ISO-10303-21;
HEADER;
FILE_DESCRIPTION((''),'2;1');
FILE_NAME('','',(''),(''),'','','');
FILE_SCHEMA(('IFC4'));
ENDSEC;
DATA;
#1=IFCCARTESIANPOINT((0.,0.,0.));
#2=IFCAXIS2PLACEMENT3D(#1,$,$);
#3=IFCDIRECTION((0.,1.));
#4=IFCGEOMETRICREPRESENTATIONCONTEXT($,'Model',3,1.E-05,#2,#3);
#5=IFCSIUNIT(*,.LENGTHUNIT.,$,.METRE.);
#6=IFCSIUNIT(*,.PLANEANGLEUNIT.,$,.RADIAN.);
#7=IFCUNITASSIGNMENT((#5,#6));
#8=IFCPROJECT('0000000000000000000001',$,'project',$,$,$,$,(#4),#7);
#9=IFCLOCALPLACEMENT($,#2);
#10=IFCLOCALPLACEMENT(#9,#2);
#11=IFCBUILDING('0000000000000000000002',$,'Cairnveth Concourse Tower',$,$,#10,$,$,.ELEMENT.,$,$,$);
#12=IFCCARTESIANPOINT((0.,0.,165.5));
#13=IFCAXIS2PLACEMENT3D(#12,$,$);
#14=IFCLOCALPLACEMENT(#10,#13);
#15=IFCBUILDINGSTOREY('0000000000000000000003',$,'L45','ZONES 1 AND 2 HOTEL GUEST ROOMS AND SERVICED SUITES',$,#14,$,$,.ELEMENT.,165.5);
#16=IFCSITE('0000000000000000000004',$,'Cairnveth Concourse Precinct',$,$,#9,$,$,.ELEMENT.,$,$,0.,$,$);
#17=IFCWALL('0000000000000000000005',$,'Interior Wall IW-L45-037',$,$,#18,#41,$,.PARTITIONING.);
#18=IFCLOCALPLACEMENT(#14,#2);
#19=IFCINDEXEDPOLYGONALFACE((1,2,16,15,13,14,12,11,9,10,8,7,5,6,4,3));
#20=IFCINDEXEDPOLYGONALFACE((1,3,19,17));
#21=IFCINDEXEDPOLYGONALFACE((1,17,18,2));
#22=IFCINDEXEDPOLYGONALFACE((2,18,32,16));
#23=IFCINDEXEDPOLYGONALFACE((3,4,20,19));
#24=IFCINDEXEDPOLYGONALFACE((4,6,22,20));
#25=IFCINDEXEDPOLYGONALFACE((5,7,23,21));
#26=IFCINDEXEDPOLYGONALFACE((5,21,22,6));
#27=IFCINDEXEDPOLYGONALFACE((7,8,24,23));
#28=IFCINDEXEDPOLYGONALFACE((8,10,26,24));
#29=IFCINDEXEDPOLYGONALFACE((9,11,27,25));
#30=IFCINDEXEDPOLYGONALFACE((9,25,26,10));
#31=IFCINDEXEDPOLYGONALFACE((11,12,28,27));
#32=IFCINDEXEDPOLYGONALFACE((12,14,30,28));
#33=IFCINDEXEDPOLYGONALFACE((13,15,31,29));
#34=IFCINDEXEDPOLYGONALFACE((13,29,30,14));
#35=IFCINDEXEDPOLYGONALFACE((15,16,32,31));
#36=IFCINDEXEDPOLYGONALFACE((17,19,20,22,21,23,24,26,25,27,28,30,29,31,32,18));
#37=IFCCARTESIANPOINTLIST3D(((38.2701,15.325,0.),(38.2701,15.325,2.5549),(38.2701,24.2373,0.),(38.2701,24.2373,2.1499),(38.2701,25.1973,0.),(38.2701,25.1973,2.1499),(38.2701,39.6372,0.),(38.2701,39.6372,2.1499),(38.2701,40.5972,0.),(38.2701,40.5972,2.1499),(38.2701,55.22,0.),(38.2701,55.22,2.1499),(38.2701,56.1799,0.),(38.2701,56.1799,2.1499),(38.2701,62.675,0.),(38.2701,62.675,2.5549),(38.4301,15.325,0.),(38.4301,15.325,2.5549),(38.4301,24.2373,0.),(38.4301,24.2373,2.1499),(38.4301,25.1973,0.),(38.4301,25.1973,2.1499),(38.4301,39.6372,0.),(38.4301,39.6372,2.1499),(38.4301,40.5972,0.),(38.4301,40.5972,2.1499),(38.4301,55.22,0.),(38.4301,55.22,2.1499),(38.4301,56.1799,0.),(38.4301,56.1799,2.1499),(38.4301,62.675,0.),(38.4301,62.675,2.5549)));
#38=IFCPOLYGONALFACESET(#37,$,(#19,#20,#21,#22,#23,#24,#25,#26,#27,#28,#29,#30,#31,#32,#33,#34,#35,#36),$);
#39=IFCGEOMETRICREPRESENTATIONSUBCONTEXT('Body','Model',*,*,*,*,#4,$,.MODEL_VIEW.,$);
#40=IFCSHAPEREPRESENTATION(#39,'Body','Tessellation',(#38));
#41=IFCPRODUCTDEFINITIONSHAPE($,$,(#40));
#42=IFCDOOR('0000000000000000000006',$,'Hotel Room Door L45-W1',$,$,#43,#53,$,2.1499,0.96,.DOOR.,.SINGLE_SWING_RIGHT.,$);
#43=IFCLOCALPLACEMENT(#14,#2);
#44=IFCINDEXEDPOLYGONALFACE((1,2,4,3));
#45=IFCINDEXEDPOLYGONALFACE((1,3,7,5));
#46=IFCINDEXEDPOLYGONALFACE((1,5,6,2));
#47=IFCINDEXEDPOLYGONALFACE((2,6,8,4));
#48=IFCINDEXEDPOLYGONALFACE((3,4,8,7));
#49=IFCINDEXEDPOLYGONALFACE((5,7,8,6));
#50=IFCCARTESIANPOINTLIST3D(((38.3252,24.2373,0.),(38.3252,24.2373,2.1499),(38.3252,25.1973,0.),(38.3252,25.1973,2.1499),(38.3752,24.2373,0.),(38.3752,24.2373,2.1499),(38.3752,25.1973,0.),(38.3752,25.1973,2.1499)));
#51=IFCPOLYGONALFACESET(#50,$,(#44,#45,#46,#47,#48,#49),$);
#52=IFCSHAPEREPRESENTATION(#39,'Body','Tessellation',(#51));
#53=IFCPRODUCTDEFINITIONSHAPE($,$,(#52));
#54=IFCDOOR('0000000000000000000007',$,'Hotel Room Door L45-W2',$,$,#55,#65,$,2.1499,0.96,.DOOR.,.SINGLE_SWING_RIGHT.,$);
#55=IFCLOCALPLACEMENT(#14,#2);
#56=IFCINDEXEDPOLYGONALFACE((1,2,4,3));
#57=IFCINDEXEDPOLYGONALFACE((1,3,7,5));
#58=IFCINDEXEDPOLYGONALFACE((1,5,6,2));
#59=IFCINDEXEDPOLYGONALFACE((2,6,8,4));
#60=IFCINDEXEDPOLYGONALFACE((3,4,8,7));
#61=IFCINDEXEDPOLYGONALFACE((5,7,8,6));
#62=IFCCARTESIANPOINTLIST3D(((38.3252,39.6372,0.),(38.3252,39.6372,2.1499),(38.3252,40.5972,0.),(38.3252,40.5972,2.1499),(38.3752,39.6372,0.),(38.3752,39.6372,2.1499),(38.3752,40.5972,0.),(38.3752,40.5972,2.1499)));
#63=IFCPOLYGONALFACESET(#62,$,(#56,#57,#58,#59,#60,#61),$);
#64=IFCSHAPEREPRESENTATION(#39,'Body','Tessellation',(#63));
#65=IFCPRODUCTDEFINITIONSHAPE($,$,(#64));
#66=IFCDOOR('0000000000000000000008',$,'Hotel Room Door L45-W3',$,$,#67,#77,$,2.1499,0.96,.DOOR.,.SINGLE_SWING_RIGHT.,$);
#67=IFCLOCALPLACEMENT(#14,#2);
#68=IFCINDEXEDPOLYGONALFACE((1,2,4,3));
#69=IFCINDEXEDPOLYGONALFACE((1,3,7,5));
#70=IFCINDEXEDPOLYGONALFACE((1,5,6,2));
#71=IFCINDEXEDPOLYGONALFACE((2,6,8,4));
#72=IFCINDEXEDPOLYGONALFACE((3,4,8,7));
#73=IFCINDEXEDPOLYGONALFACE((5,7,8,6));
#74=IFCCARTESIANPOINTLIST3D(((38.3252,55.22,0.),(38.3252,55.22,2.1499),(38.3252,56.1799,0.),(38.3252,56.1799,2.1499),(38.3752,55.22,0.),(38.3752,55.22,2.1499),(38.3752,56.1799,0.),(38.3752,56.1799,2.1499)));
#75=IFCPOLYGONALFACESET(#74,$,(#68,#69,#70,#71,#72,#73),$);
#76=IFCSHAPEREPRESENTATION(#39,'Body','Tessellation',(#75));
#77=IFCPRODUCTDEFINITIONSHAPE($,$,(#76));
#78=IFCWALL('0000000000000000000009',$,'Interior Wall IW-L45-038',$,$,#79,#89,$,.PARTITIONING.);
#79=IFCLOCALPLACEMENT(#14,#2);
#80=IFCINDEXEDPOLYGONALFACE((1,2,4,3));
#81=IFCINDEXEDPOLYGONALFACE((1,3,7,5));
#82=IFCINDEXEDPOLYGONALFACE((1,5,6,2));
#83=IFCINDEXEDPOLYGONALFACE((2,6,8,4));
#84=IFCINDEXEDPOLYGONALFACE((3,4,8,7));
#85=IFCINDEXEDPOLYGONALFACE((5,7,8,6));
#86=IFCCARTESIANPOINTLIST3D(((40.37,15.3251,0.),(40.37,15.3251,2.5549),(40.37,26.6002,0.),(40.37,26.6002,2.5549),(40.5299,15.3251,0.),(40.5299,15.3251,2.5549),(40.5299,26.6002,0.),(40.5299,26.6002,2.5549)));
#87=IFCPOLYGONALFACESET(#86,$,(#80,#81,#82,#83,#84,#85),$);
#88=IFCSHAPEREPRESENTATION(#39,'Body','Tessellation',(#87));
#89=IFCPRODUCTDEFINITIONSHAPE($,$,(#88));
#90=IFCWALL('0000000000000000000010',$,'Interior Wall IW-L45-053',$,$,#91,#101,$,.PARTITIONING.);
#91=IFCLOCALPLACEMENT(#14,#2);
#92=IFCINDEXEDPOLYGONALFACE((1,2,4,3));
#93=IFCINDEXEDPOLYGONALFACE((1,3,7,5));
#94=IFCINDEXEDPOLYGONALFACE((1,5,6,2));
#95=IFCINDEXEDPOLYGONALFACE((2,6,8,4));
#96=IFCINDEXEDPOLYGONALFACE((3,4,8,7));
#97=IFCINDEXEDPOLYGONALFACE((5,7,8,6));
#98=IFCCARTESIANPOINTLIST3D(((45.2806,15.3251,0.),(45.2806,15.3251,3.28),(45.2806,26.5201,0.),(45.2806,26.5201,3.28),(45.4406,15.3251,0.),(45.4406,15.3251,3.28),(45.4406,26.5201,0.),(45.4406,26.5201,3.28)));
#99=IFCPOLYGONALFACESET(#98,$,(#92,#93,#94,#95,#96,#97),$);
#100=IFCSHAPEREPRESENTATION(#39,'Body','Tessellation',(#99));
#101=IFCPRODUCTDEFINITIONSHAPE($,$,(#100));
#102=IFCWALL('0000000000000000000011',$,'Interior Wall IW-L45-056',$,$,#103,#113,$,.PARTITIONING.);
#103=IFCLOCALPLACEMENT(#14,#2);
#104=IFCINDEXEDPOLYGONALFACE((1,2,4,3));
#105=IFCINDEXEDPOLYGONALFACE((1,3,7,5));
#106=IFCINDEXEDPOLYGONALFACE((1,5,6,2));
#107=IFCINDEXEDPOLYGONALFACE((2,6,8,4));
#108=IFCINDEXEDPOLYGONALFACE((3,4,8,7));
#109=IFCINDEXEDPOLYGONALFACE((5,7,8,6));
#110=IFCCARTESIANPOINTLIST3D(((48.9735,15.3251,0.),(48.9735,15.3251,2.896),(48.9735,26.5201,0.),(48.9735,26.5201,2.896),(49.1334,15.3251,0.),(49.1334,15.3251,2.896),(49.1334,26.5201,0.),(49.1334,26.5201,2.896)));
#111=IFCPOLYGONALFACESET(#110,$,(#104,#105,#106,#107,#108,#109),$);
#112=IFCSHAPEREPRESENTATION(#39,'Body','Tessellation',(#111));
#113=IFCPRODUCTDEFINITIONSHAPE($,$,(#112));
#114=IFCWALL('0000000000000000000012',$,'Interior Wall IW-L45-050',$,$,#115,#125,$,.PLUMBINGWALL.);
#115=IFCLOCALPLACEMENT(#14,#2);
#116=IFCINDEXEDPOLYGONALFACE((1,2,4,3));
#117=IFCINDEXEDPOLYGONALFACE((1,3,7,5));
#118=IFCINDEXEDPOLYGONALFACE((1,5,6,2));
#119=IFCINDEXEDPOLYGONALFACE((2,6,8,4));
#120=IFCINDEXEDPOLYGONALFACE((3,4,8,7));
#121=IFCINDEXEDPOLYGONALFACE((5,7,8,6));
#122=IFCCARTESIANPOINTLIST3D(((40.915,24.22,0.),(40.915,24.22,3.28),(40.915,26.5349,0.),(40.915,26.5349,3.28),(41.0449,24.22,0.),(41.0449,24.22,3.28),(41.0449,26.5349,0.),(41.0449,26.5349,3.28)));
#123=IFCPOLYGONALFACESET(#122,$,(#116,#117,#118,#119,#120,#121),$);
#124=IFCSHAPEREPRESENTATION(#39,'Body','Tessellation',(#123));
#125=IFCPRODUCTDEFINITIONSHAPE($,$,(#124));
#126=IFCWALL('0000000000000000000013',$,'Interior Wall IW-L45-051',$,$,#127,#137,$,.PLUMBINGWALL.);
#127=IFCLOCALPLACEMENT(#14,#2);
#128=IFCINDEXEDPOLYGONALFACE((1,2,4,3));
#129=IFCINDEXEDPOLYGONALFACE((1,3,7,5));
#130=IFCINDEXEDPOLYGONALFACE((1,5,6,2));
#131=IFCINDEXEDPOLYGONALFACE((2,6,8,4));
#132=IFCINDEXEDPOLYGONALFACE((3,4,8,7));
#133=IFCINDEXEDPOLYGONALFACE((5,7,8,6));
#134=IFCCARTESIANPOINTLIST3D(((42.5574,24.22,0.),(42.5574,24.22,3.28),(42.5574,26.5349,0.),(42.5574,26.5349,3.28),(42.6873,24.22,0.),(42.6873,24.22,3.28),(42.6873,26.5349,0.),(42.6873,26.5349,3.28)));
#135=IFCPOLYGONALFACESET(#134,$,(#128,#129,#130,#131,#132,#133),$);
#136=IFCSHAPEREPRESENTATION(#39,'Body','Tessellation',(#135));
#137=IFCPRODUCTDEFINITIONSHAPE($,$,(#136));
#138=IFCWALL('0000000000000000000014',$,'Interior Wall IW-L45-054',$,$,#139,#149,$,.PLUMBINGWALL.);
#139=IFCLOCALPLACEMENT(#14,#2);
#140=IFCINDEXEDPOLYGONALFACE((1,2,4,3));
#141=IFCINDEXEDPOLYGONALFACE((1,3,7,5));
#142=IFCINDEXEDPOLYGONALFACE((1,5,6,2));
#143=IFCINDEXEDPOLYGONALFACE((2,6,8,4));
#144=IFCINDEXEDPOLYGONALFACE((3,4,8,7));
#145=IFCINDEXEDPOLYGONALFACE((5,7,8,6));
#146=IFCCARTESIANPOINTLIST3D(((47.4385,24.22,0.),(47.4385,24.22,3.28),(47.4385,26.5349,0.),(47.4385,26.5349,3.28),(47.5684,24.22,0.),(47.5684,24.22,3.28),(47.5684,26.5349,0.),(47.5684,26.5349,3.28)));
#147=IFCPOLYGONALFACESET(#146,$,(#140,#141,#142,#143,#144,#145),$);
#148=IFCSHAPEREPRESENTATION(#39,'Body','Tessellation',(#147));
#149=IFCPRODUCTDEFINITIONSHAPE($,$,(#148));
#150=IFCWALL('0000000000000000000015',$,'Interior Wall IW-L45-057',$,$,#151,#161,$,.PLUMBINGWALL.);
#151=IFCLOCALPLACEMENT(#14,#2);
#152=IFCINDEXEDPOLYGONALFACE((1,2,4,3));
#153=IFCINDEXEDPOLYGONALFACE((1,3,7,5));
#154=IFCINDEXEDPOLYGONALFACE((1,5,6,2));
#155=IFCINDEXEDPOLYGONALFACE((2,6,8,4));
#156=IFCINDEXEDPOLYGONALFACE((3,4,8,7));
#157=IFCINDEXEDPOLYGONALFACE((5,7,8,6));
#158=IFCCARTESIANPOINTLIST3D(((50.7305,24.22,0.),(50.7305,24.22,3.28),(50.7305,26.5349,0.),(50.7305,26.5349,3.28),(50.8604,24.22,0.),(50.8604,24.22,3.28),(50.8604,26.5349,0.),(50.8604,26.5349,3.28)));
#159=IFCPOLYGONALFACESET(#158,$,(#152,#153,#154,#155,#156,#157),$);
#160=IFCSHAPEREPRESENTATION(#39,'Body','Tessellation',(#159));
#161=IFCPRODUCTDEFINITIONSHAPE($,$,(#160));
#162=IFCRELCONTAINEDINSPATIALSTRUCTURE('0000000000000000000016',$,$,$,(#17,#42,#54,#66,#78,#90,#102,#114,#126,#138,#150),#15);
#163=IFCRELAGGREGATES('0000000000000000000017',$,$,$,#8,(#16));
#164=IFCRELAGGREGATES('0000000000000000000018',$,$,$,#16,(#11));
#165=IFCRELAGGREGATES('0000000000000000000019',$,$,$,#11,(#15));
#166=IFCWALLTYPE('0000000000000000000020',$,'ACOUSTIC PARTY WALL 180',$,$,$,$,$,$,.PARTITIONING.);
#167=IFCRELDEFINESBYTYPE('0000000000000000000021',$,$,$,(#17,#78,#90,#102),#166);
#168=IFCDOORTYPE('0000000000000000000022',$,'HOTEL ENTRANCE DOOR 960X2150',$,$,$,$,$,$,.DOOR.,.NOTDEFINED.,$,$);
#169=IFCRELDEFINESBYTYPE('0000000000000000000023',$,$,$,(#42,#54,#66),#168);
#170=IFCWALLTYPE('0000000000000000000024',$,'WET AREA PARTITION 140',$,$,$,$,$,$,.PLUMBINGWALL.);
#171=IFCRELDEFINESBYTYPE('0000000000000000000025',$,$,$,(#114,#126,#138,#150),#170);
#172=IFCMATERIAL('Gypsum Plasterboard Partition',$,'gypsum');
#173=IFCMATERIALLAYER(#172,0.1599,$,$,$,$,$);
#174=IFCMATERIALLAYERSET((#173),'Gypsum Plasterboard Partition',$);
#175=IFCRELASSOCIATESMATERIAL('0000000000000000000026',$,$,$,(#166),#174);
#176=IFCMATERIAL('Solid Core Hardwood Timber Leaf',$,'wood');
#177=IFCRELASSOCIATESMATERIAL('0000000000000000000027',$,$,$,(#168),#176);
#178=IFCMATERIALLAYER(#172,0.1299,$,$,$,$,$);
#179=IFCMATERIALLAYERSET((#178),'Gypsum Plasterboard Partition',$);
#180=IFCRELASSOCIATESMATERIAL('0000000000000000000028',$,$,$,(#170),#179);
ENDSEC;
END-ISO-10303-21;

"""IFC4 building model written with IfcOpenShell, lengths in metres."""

from ifc_helpers import new_model, si_unit, direction, frame, frame_2d, origin, place, context, subcontext, project, spatial, rectangle, extrude, material, layer, layer_set, type_object, element, fill, save


model = new_model("IFC4")

# Units and contexts
model_context = context("Model", 3, precision=1e-05, world=origin(), true_north=direction((0.0, 1.0)))
body_context = subcontext(model_context, "Body", "Model", "MODEL_VIEW")
ifc_project = project(units=[si_unit("LENGTHUNIT", "METRE"), si_unit("PLANEANGLEUNIT", "RADIAN")], contexts=[model_context])

# Site, building, storey
site_placement = place(None, origin())
site = spatial("IfcSite", under=ifc_project, at=site_placement, Name="Cairnveth Concourse Precinct", CompositionType="ELEMENT", RefElevation=0.0)
building_placement = place(site_placement, origin())
building = spatial("IfcBuilding", under=site, at=building_placement, Name="Cairnveth Concourse Tower", CompositionType="ELEMENT")
storey_placement = place(building_placement, frame((0.0, 0.0, 165.5)))
storey = spatial("IfcBuildingStorey", under=building, at=storey_placement, Name="L45", Description="ZONES 1 AND 2 HOTEL GUEST ROOMS AND SERVICED SUITES", CompositionType="ELEMENT", Elevation=165.5)

# Wall, openings, doors
ifc_material_1 = material(Name="Gypsum Plasterboard Partition", Category="gypsum")
ifc_layer_1 = layer(ifc_material_1, 0.1599)
ifc_layer_set_1 = layer_set([ifc_layer_1], Name="Gypsum Plasterboard Partition")
wall_type_1 = type_object("IfcWallType", Name="ACOUSTIC PARTY WALL 180", PredefinedType="PARTITIONING", material=ifc_layer_set_1)
wall_1_placement = place(storey_placement, frame((38.3501, 15.325, 0.0), z_axis=(0.0, 0.0, 1.0), x_axis=(0.0, 1.0, 0.0)))
wall_1 = element("IfcWall", 1, at=wall_1_placement, inside=storey, type_object=wall_type_1, Name="Interior Wall IW-L45-037", PredefinedType="PARTITIONING", context=body_context, shape_type="SweptSolid", body=[
    extrude(rectangle(XDim=47.3501, YDim=0.1599, at=frame_2d((23.675, 0.0))), origin(), (0.0, 0.0, 1.0), 2.5549),
])
opening_1_placement = place(wall_1_placement, frame((8.9124, 0.0, 0.0)))
opening_1 = element("IfcOpeningElement", 2, at=opening_1_placement, cuts=wall_1, PredefinedType="OPENING", context=body_context, shape_type="SweptSolid", body=[
    extrude(rectangle(XDim=0.96, YDim=2.1499, at=frame_2d((0.48, 1.075))), frame((0.0, 0.0898, 0.0), z_axis=(0.0, -1.0, 0.0), x_axis=(1.0, 0.0, 0.0)), (0.0, 0.0, 1.0), 0.1799),
])
opening_2_placement = place(wall_1_placement, frame((24.3123, 0.0, 0.0)))
opening_2 = element("IfcOpeningElement", 3, at=opening_2_placement, cuts=wall_1, PredefinedType="OPENING", context=body_context, shape_type="SweptSolid", body=[
    extrude(rectangle(XDim=0.96, YDim=2.1499, at=frame_2d((0.48, 1.075))), frame((0.0, 0.0898, 0.0), z_axis=(0.0, -1.0, 0.0), x_axis=(1.0, 0.0, 0.0)), (0.0, 0.0, 1.0), 0.1799),
])
opening_3_placement = place(wall_1_placement, frame((39.895, 0.0, 0.0)))
opening_3 = element("IfcOpeningElement", 4, at=opening_3_placement, cuts=wall_1, PredefinedType="OPENING", context=body_context, shape_type="SweptSolid", body=[
    extrude(rectangle(XDim=0.96, YDim=2.1499, at=frame_2d((0.48, 1.075))), frame((0.0, 0.0898, 0.0), z_axis=(0.0, -1.0, 0.0), x_axis=(1.0, 0.0, 0.0)), (0.0, 0.0, 1.0), 0.1799),
])
ifc_material_2 = material(Name="Solid Core Hardwood Timber Leaf", Category="wood")
door_type_1 = type_object("IfcDoorType", Name="HOTEL ENTRANCE DOOR 960X2150", OperationType="NOTDEFINED", PredefinedType="DOOR", material=ifc_material_2)
door_1_placement = place(opening_1_placement, origin())
door_1 = element("IfcDoor", 5, at=door_1_placement, inside=storey, type_object=door_type_1, Name="Hotel Room Door L45-W1", OperationType="SINGLE_SWING_RIGHT", OverallHeight=2.1499, OverallWidth=0.96, PredefinedType="DOOR", context=body_context, shape_type="SweptSolid", body=[
    extrude(rectangle(XDim=0.96, YDim=2.1499, at=frame_2d((0.48, 1.075))), frame((0.0, 0.0249, 0.0), z_axis=(0.0, -1.0, 0.0), x_axis=(1.0, 0.0, 0.0)), (0.0, 0.0, 1.0), 0.05),
])
fill(opening_1, door_1)
door_2_placement = place(opening_2_placement, origin())
door_2 = element("IfcDoor", 6, at=door_2_placement, inside=storey, type_object=door_type_1, Name="Hotel Room Door L45-W2", OperationType="SINGLE_SWING_RIGHT", OverallHeight=2.1499, OverallWidth=0.96, PredefinedType="DOOR", context=body_context, shape_type="SweptSolid", body=[
    extrude(rectangle(XDim=0.96, YDim=2.1499, at=frame_2d((0.48, 1.075))), frame((0.0, 0.0249, 0.0), z_axis=(0.0, -1.0, 0.0), x_axis=(1.0, 0.0, 0.0)), (0.0, 0.0, 1.0), 0.05),
])
fill(opening_2, door_2)
door_3_placement = place(opening_3_placement, origin())
door_3 = element("IfcDoor", 7, at=door_3_placement, inside=storey, type_object=door_type_1, Name="Hotel Room Door L45-W3", OperationType="SINGLE_SWING_RIGHT", OverallHeight=2.1499, OverallWidth=0.96, PredefinedType="DOOR", context=body_context, shape_type="SweptSolid", body=[
    extrude(rectangle(XDim=0.96, YDim=2.1499, at=frame_2d((0.48, 1.075))), frame((0.0, 0.0249, 0.0), z_axis=(0.0, -1.0, 0.0), x_axis=(1.0, 0.0, 0.0)), (0.0, 0.0, 1.0), 0.05),
])
fill(opening_3, door_3)

# Walls
wall_2_placement = place(storey_placement, frame((40.45, 15.325, 0.0), z_axis=(0.0, 0.0, 1.0), x_axis=(0.0, 1.0, 0.0)))
element("IfcWall", 8, at=wall_2_placement, inside=storey, type_object=wall_type_1, Name="Interior Wall IW-L45-038", PredefinedType="PARTITIONING", context=body_context, shape_type="SweptSolid", body=[
    extrude(rectangle(XDim=11.2751, YDim=0.1599, at=frame_2d((5.6377, 0.0))), origin(), (0.0, 0.0, 1.0), 2.5549),
])
wall_3_placement = place(storey_placement, frame((45.3606, 15.325, 0.0), z_axis=(0.0, 0.0, 1.0), x_axis=(0.0, 1.0, 0.0)))
element("IfcWall", 9, at=wall_3_placement, inside=storey, type_object=wall_type_1, Name="Interior Wall IW-L45-053", PredefinedType="PARTITIONING", context=body_context, shape_type="SweptSolid", body=[
    extrude(rectangle(XDim=11.1951, YDim=0.1599, at=frame_2d((5.5977, 0.0))), origin(), (0.0, 0.0, 1.0), 3.28),
])
wall_4_placement = place(storey_placement, frame((49.0535, 15.325, 0.0), z_axis=(0.0, 0.0, 1.0), x_axis=(0.0, 1.0, 0.0)))
element("IfcWall", 10, at=wall_4_placement, inside=storey, type_object=wall_type_1, Name="Interior Wall IW-L45-056", PredefinedType="PARTITIONING", context=body_context, shape_type="SweptSolid", body=[
    extrude(rectangle(XDim=11.1951, YDim=0.1599, at=frame_2d((5.5977, 0.0))), origin(), (0.0, 0.0, 1.0), 2.896),
])
ifc_layer_2 = layer(ifc_material_1, 0.1299)
ifc_layer_set_2 = layer_set([ifc_layer_2], Name="Gypsum Plasterboard Partition")
wall_type_2 = type_object("IfcWallType", Name="WET AREA PARTITION 140", PredefinedType="PLUMBINGWALL", material=ifc_layer_set_2)
for number, where, z_axis, x_axis, name in (
    (11, (40.98, 24.22, 0.0), (0.0, 0.0, 1.0), (0.0, 1.0, 0.0), "Interior Wall IW-L45-050"),
    (12, (42.6223, 24.22, 0.0), (0.0, 0.0, 1.0), (0.0, 1.0, 0.0), "Interior Wall IW-L45-051"),
    (13, (47.5034, 24.22, 0.0), (0.0, 0.0, 1.0), (0.0, 1.0, 0.0), "Interior Wall IW-L45-054"),
    (14, (50.7954, 24.22, 0.0), (0.0, 0.0, 1.0), (0.0, 1.0, 0.0), "Interior Wall IW-L45-057"),
):
    element("IfcWall", number, at=place(storey_placement, frame(where, z_axis=z_axis, x_axis=x_axis)), inside=storey, type_object=wall_type_2, Name=name, PredefinedType="PLUMBINGWALL", context=body_context, shape_type="SweptSolid", body=[
        extrude(rectangle(XDim=2.3149, YDim=0.1299, at=frame_2d((1.1575, 0.0))), origin(), (0.0, 0.0, 1.0), 3.28),
    ])

save(model, "model.ifc")
